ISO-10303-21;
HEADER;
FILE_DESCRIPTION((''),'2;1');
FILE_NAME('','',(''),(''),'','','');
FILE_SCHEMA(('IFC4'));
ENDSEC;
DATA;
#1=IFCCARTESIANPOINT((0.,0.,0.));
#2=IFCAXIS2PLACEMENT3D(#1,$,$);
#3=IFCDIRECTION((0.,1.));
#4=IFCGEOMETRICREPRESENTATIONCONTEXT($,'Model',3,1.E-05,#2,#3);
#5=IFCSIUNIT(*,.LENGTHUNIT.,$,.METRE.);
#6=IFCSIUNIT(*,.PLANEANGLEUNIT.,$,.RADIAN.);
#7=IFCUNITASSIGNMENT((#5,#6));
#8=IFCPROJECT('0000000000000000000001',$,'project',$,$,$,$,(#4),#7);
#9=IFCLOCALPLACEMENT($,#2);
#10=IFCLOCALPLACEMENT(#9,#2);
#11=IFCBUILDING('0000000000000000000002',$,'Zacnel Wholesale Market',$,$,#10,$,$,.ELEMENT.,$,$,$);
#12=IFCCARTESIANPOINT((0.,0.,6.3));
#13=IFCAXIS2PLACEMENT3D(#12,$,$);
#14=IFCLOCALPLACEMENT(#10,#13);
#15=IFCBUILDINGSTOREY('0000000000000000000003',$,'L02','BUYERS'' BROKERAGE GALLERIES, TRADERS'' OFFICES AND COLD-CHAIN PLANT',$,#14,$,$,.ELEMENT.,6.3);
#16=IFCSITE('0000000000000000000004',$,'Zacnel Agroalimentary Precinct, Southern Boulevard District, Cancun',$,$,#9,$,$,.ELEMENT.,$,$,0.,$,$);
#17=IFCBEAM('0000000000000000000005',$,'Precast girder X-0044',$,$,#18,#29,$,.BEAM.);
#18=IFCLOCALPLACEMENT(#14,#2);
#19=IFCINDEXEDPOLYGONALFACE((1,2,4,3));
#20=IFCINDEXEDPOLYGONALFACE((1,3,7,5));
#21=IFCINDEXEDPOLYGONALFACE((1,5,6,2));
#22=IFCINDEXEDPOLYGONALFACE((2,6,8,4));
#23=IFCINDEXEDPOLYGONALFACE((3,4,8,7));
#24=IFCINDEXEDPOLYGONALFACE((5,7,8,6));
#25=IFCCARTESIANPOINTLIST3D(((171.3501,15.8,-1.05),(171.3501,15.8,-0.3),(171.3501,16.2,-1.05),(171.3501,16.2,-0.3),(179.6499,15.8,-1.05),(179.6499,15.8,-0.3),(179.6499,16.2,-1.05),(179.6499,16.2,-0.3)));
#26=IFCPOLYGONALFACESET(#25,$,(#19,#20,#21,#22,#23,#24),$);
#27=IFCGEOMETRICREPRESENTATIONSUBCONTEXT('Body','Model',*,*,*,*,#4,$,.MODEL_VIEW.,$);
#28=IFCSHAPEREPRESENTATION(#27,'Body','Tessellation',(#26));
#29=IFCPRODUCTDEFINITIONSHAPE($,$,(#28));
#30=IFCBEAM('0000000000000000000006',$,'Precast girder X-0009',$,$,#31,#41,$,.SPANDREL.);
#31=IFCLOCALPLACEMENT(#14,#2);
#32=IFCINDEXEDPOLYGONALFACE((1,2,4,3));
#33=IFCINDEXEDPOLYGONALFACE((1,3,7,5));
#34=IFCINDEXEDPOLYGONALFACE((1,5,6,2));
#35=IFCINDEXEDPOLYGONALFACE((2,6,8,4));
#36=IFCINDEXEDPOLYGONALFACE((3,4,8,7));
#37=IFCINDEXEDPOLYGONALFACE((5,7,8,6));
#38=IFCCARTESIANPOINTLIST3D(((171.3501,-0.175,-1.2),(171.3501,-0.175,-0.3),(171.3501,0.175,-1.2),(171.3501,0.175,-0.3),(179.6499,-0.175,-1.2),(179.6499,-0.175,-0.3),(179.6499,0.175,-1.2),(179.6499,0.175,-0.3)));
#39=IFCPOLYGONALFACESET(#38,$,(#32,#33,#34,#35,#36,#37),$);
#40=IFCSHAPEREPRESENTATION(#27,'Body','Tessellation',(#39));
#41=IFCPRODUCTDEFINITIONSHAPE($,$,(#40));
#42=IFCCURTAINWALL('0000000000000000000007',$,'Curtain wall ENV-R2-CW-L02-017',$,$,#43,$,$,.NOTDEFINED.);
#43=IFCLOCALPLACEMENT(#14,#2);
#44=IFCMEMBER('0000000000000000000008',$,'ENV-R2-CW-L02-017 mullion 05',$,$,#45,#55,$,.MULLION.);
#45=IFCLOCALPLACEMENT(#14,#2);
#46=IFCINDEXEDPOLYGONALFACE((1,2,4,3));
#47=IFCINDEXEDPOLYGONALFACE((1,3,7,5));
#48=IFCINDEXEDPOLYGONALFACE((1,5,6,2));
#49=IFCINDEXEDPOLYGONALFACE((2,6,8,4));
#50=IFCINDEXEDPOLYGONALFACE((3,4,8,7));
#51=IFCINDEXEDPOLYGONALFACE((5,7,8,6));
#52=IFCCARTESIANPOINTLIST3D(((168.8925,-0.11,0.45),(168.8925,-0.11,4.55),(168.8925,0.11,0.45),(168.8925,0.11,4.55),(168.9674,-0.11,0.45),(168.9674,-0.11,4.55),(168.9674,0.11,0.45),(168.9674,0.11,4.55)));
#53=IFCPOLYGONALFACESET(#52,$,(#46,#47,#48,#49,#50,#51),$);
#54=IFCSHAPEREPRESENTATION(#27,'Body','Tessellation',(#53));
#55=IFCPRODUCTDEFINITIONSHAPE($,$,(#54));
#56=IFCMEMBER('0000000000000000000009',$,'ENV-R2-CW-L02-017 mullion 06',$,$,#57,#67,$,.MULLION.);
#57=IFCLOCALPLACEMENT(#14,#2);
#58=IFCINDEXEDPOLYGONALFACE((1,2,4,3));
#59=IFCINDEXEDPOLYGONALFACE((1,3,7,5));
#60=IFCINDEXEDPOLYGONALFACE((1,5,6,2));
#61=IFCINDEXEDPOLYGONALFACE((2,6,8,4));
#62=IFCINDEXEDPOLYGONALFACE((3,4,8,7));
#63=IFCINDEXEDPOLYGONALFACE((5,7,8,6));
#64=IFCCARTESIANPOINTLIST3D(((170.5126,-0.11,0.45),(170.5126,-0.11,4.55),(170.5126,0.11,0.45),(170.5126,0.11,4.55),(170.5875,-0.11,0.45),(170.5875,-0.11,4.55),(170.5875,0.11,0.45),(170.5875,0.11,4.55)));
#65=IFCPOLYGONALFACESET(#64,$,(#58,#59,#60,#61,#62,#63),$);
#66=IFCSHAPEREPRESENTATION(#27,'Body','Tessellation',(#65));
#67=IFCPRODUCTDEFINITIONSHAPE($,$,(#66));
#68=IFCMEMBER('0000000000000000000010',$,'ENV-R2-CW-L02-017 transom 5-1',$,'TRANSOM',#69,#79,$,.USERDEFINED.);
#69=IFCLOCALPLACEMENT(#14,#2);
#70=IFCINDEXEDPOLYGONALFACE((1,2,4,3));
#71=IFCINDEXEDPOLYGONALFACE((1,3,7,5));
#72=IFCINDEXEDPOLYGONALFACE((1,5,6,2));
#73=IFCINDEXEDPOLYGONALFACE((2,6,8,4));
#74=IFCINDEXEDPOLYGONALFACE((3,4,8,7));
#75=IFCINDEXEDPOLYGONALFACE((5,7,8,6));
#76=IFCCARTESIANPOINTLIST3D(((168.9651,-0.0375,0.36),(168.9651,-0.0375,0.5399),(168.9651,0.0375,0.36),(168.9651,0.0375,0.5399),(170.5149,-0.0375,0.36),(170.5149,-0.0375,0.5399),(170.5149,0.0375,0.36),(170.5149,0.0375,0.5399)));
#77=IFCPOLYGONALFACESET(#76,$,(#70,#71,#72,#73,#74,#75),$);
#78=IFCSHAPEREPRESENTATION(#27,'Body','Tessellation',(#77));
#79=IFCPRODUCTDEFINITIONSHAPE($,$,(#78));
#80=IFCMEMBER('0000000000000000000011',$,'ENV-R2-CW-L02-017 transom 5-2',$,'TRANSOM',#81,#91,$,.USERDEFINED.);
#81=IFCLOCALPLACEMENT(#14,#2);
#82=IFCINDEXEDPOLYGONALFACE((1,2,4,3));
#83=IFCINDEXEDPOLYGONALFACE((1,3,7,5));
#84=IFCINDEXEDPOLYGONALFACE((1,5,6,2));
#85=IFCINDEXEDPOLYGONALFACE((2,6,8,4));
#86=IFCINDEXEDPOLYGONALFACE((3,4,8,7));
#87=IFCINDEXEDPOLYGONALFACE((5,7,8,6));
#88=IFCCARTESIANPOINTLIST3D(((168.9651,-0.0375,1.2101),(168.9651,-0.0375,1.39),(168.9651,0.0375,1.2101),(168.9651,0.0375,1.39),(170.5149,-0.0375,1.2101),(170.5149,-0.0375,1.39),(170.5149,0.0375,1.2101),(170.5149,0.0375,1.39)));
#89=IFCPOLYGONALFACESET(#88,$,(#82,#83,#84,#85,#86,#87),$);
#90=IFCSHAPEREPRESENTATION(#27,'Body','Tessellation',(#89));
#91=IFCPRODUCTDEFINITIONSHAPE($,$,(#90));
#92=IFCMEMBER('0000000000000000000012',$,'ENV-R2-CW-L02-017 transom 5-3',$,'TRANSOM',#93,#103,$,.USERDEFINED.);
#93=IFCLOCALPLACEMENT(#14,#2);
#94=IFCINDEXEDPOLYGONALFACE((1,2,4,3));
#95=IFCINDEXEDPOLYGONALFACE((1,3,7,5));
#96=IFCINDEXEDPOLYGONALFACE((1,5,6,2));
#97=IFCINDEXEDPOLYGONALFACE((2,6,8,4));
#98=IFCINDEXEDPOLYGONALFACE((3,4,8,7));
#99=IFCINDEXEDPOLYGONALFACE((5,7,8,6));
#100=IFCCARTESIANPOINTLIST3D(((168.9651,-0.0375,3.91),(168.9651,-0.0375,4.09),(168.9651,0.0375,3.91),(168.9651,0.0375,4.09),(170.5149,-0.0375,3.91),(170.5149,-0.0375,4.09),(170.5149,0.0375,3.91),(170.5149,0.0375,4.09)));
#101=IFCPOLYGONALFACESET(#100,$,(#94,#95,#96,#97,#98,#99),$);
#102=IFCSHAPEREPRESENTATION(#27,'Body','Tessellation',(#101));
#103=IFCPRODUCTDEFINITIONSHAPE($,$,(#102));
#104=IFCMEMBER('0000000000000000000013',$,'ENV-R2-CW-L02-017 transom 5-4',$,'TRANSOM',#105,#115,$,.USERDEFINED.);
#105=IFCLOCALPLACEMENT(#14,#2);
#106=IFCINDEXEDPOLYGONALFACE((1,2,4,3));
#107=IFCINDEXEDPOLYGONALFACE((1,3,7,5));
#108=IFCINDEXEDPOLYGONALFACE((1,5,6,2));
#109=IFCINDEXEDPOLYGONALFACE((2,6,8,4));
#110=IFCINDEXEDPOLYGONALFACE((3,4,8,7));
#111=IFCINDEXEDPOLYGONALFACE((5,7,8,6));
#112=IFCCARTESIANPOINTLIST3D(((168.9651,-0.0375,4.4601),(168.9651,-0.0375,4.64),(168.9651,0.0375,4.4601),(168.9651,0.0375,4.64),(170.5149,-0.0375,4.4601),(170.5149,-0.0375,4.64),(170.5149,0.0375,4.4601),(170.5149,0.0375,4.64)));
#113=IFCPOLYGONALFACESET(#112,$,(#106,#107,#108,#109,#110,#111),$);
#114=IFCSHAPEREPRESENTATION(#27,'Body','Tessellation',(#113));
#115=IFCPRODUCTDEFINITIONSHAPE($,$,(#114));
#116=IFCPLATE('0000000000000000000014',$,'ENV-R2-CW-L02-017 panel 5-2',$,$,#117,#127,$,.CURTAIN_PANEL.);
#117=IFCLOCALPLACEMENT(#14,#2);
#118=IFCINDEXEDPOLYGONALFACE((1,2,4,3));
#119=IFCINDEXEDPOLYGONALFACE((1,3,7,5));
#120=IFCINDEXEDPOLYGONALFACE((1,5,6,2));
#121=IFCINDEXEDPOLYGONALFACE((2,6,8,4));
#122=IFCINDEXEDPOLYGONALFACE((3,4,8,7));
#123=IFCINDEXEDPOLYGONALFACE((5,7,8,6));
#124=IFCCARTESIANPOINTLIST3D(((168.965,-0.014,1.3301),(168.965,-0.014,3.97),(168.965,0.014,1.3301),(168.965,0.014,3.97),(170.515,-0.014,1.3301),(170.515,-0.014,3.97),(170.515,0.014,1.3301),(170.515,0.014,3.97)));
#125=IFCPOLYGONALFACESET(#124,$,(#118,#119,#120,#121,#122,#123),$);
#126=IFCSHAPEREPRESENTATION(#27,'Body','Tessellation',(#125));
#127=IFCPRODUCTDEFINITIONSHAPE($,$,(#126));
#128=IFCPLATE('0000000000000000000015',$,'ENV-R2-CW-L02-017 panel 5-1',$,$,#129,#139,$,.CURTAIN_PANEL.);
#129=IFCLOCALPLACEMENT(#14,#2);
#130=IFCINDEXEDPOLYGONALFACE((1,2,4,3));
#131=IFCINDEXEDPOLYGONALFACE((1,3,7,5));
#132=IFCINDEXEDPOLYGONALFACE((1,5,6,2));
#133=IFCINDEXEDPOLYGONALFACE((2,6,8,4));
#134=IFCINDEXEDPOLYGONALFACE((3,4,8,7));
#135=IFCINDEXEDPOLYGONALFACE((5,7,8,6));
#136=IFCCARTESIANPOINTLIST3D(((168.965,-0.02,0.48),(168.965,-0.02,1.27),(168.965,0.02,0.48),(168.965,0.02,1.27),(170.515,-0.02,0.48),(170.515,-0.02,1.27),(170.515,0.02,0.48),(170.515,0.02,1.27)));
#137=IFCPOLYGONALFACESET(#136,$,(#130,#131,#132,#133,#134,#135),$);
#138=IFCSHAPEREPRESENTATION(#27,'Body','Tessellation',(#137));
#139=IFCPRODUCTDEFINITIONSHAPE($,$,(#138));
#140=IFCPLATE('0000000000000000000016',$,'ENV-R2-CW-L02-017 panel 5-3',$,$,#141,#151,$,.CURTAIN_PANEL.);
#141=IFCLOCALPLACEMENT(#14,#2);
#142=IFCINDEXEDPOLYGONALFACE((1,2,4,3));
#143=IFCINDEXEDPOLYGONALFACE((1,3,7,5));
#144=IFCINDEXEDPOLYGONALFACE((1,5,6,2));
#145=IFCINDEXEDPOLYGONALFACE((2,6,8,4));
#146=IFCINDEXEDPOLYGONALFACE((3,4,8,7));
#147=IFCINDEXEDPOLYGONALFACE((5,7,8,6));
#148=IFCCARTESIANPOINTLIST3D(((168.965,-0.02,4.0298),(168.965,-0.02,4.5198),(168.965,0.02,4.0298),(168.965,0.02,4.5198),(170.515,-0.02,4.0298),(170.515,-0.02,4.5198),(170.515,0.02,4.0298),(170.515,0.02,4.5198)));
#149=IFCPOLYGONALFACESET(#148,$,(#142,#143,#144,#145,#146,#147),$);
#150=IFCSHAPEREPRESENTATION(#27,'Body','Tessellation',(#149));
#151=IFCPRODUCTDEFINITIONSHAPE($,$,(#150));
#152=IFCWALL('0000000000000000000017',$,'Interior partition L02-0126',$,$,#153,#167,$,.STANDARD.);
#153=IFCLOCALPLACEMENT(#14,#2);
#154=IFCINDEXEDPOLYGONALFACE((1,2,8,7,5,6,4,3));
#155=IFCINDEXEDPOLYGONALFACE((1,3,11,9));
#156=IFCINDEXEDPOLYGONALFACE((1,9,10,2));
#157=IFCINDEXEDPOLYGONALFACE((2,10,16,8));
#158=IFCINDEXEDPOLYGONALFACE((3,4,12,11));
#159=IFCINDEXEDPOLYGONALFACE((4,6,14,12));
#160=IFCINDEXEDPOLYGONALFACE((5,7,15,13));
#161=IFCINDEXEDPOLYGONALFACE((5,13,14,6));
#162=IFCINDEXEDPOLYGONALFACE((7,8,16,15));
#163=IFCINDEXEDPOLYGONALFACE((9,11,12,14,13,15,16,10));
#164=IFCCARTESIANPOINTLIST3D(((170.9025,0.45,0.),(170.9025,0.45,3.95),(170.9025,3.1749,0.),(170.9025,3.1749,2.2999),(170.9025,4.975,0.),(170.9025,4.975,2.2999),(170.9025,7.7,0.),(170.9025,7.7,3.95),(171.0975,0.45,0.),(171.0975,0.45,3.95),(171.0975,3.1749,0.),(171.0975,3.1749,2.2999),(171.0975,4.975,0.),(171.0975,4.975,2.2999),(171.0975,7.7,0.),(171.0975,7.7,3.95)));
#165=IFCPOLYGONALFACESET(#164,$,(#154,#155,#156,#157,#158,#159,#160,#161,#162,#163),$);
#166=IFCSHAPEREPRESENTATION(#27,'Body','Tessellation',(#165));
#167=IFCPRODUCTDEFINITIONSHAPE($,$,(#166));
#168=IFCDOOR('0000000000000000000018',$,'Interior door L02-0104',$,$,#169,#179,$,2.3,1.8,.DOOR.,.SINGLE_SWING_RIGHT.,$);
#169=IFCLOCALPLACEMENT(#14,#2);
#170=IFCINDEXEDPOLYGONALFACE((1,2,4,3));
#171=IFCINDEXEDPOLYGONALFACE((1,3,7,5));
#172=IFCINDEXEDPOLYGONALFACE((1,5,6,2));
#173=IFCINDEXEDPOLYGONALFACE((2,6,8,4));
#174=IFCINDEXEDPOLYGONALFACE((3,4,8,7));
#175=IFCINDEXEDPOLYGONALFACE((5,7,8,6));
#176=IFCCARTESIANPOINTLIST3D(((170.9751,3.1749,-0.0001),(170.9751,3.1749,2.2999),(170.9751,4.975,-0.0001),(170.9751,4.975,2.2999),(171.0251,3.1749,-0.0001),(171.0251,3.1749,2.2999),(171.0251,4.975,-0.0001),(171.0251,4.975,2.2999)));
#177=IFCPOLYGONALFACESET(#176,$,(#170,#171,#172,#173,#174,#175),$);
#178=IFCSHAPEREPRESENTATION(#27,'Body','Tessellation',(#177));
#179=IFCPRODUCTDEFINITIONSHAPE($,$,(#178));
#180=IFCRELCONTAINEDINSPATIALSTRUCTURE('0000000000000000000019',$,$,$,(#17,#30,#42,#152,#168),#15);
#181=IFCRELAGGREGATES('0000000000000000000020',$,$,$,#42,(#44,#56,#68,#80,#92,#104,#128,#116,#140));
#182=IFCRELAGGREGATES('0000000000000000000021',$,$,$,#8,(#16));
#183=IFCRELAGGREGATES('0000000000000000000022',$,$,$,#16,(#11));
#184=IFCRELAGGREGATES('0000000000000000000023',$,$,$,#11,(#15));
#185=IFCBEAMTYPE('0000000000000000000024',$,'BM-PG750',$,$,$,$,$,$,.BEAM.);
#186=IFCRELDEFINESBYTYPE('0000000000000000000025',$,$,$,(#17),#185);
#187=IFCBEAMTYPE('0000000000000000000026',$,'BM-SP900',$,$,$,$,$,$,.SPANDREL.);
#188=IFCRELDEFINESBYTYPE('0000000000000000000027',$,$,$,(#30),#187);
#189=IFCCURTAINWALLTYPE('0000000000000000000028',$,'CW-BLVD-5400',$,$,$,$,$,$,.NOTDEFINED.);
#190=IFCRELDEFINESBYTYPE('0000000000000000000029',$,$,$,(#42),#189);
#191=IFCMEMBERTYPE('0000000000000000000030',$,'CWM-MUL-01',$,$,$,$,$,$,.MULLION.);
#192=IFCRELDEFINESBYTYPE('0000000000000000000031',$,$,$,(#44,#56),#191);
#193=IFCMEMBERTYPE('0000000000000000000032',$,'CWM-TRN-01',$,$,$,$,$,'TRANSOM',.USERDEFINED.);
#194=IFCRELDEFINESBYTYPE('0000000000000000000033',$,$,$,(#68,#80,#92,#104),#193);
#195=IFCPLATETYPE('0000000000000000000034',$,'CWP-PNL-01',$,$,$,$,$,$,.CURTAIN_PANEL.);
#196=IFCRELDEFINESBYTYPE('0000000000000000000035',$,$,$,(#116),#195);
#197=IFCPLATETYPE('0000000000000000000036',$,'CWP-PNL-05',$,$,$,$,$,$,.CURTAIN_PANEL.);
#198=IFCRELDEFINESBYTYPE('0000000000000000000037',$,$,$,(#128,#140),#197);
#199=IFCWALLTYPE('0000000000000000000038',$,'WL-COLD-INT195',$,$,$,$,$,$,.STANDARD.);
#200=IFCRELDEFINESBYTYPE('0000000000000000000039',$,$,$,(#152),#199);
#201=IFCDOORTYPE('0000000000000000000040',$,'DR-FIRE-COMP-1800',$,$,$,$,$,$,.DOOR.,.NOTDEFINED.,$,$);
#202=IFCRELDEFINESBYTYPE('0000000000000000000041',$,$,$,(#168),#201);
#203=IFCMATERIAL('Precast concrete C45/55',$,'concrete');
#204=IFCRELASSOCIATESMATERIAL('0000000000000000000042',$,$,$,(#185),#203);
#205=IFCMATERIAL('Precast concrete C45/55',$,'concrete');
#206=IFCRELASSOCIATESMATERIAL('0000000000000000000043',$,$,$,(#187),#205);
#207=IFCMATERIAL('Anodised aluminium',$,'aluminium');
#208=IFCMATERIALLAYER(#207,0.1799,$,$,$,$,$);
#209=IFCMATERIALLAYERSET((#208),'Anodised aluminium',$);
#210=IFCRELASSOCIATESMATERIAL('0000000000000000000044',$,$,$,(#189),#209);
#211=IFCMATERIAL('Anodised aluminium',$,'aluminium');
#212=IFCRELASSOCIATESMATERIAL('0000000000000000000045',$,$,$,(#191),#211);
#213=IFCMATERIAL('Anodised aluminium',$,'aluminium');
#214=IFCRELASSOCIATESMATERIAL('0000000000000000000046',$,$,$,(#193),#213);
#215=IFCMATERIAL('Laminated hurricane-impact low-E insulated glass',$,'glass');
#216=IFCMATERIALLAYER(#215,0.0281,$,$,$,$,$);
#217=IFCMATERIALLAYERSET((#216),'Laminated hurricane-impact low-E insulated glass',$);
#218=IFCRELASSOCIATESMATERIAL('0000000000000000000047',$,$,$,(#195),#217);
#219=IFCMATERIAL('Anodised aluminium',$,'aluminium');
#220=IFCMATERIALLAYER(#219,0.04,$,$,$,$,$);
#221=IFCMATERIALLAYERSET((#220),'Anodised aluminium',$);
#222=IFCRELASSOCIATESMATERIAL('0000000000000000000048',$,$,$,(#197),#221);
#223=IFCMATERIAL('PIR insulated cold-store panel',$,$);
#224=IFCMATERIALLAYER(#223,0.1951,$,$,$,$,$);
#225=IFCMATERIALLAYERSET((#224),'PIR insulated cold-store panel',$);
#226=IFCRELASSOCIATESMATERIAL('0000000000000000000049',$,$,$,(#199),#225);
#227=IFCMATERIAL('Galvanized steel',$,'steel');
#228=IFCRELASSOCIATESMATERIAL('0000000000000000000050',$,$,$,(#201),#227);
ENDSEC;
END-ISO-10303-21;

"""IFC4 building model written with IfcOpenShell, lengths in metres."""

from ifc_helpers import new_model, si_unit, direction, frame, frame_2d, origin, origin_2d, place, context, subcontext, project, spatial, rectangle, extrude, material, layer, layer_set, material_profile, profile_set, type_object, element, fill, aggregate, save


model = new_model("IFC4")

# Units and contexts
model_context = context("Model", 3, precision=1e-05, world=origin(), true_north=direction((0.0, 1.0)))
body_context = subcontext(model_context, "Body", "Model", "MODEL_VIEW")
ifc_project = project(units=[si_unit("LENGTHUNIT", "METRE"), si_unit("PLANEANGLEUNIT", "RADIAN")], contexts=[model_context])

# Site, building, storey
site_placement = place(None, origin())
site = spatial("IfcSite", under=ifc_project, at=site_placement, Name="Zacnel Agroalimentary Precinct, Southern Boulevard District, Cancun", CompositionType="ELEMENT", RefElevation=0.0)
building_placement = place(site_placement, origin())
building = spatial("IfcBuilding", under=site, at=building_placement, Name="Zacnel Wholesale Market", CompositionType="ELEMENT")
storey_placement = place(building_placement, frame((0.0, 0.0, 6.3)))
storey = spatial("IfcBuildingStorey", under=building, at=storey_placement, Name="L02", Description="BUYERS' BROKERAGE GALLERIES, TRADERS' OFFICES AND COLD-CHAIN PLANT", CompositionType="ELEMENT", Elevation=6.3)

# Beams
ifc_material_1 = material(Name="Precast concrete C45/55", Category="concrete")
ifc_material_profile_1 = material_profile(ifc_material_1, rectangle(XDim=0.3999, YDim=0.75, at=origin_2d()), Name="PG 400x750")
ifc_profile_set_1 = profile_set([ifc_material_profile_1], Name="Precast concrete C45/55")
beam_type_1 = type_object("IfcBeamType", Name="BM-PG750", PredefinedType="BEAM", material=ifc_profile_set_1)
beam_1_placement = place(storey_placement, frame((171.3501, 16.0, -0.675), z_axis=(1.0, 0.0, 0.0), x_axis=(0.0, 1.0, 0.0)))
element("IfcBeam", 1, at=beam_1_placement, inside=storey, type_object=beam_type_1, Name="Precast girder X-0044", PredefinedType="BEAM", context=body_context, shape_type="SweptSolid", body=[
    extrude(rectangle(XDim=0.3999, YDim=0.75, at=origin_2d()), origin(), (0.0, 0.0, 1.0), 8.2998),
])
ifc_material_2 = material(Name="Precast concrete C45/55", Category="concrete")
ifc_material_profile_2 = material_profile(ifc_material_2, rectangle(XDim=0.3501, YDim=0.8999, at=origin_2d()), Name="SP 350x900")
ifc_profile_set_2 = profile_set([ifc_material_profile_2], Name="Precast concrete C45/55")
beam_type_2 = type_object("IfcBeamType", Name="BM-SP900", PredefinedType="SPANDREL", material=ifc_profile_set_2)
beam_2_placement = place(storey_placement, frame((171.3501, 0.0, -0.75), z_axis=(1.0, 0.0, 0.0), x_axis=(0.0, 1.0, 0.0)))
element("IfcBeam", 2, at=beam_2_placement, inside=storey, type_object=beam_type_2, Name="Precast girder X-0009", PredefinedType="SPANDREL", context=body_context, shape_type="SweptSolid", body=[
    extrude(rectangle(XDim=0.3501, YDim=0.8999, at=origin_2d()), origin(), (0.0, 0.0, 1.0), 8.2998),
])

# Curtain wall, members, plates
ifc_material_3 = material(Name="Anodised aluminium", Category="aluminium")
ifc_layer_1 = layer(ifc_material_3, 0.1799)
ifc_layer_set_1 = layer_set([ifc_layer_1], Name="Anodised aluminium")
curtain_wall_type = type_object("IfcCurtainWallType", Name="CW-BLVD-5400", PredefinedType="NOTDEFINED", material=ifc_layer_set_1)
curtain_wall_placement = place(storey_placement, origin())
curtain_wall = element("IfcCurtainWall", 3, at=curtain_wall_placement, inside=storey, type_object=curtain_wall_type, Name="Curtain wall ENV-R2-CW-L02-017", PredefinedType="NOTDEFINED")
ifc_material_4 = material(Name="Anodised aluminium", Category="aluminium")
ifc_material_profile_3 = material_profile(ifc_material_4, rectangle(XDim=0.075, YDim=0.22, at=origin_2d()), Name="AW-MULLION 75x220")
ifc_profile_set_3 = profile_set([ifc_material_profile_3], Name="Anodised aluminium")
member_type_1 = type_object("IfcMemberType", Name="CWM-MUL-01", PredefinedType="MULLION", material=ifc_profile_set_3)
member_1_placement = place(storey_placement, frame((168.9299, 0.0, 0.45), z_axis=(0.0, 0.0, 1.0), x_axis=(1.0, 0.0, 0.0)))
member_1 = element("IfcMember", 4, at=member_1_placement, type_object=member_type_1, Name="ENV-R2-CW-L02-017 mullion 05", PredefinedType="MULLION", context=body_context, shape_type="SweptSolid", body=[
    extrude(rectangle(XDim=0.075, YDim=0.22, at=origin_2d()), origin(), (0.0, 0.0, 1.0), 4.1001),
])
member_2_placement = place(storey_placement, frame((170.55, 0.0, 0.45), z_axis=(0.0, 0.0, 1.0), x_axis=(1.0, 0.0, 0.0)))
member_2 = element("IfcMember", 5, at=member_2_placement, type_object=member_type_1, Name="ENV-R2-CW-L02-017 mullion 06", PredefinedType="MULLION", context=body_context, shape_type="SweptSolid", body=[
    extrude(rectangle(XDim=0.075, YDim=0.22, at=origin_2d()), origin(), (0.0, 0.0, 1.0), 4.1001),
])
ifc_material_5 = material(Name="Anodised aluminium", Category="aluminium")
ifc_material_profile_4 = material_profile(ifc_material_5, rectangle(XDim=0.075, YDim=0.1799, at=origin_2d()), Name="AW-TRANSOM 75x180")
ifc_profile_set_4 = profile_set([ifc_material_profile_4], Name="Anodised aluminium")
member_type_2 = type_object("IfcMemberType", Name="CWM-TRN-01", ElementType="TRANSOM", PredefinedType="USERDEFINED", material=ifc_profile_set_4)
member_3_placement = place(storey_placement, frame((168.9651, 0.0, 0.45), z_axis=(1.0, 0.0, 0.0), x_axis=(0.0, 1.0, 0.0)))
member_3 = element("IfcMember", 6, at=member_3_placement, type_object=member_type_2, Name="ENV-R2-CW-L02-017 transom 5-1", ObjectType="TRANSOM", PredefinedType="USERDEFINED", context=body_context, shape_type="SweptSolid", body=[
    extrude(rectangle(XDim=0.075, YDim=0.1799, at=origin_2d()), origin(), (0.0, 0.0, 1.0), 1.5498),
])
member_4_placement = place(storey_placement, frame((168.9651, 0.0, 1.3), z_axis=(1.0, 0.0, 0.0), x_axis=(0.0, 1.0, 0.0)))
member_4 = element("IfcMember", 7, at=member_4_placement, type_object=member_type_2, Name="ENV-R2-CW-L02-017 transom 5-2", ObjectType="TRANSOM", PredefinedType="USERDEFINED", context=body_context, shape_type="SweptSolid", body=[
    extrude(rectangle(XDim=0.075, YDim=0.1799, at=origin_2d()), origin(), (0.0, 0.0, 1.0), 1.5498),
])
member_5_placement = place(storey_placement, frame((168.9651, 0.0, 4.0), z_axis=(1.0, 0.0, 0.0), x_axis=(0.0, 1.0, 0.0)))
member_5 = element("IfcMember", 8, at=member_5_placement, type_object=member_type_2, Name="ENV-R2-CW-L02-017 transom 5-3", ObjectType="TRANSOM", PredefinedType="USERDEFINED", context=body_context, shape_type="SweptSolid", body=[
    extrude(rectangle(XDim=0.075, YDim=0.1799, at=origin_2d()), origin(), (0.0, 0.0, 1.0), 1.5498),
])
member_6_placement = place(storey_placement, frame((168.9651, 0.0, 4.55), z_axis=(1.0, 0.0, 0.0), x_axis=(0.0, 1.0, 0.0)))
member_6 = element("IfcMember", 9, at=member_6_placement, type_object=member_type_2, Name="ENV-R2-CW-L02-017 transom 5-4", ObjectType="TRANSOM", PredefinedType="USERDEFINED", context=body_context, shape_type="SweptSolid", body=[
    extrude(rectangle(XDim=0.075, YDim=0.1799, at=origin_2d()), origin(), (0.0, 0.0, 1.0), 1.5498),
])
ifc_material_6 = material(Name="Laminated hurricane-impact low-E insulated glass", Category="glass")
ifc_layer_2 = layer(ifc_material_6, 0.0281)
ifc_layer_set_2 = layer_set([ifc_layer_2], Name="Laminated hurricane-impact low-E insulated glass")
plate_type_1 = type_object("IfcPlateType", Name="CWP-PNL-01", PredefinedType="CURTAIN_PANEL", material=ifc_layer_set_2)
plate_1_placement = place(storey_placement, frame((169.74, 0.0, 1.3301), z_axis=(0.0, 0.0, 1.0), x_axis=(1.0, 0.0, 0.0)))
plate_1 = element("IfcPlate", 10, at=plate_1_placement, type_object=plate_type_1, Name="ENV-R2-CW-L02-017 panel 5-2", PredefinedType="CURTAIN_PANEL", context=body_context, shape_type="SweptSolid", body=[
    extrude(rectangle(XDim=1.55, YDim=0.0281, at=origin_2d()), origin(), (0.0, 0.0, 1.0), 2.6399),
])
ifc_material_7 = material(Name="Anodised aluminium", Category="aluminium")
ifc_layer_3 = layer(ifc_material_7, 0.04)
ifc_layer_set_3 = layer_set([ifc_layer_3], Name="Anodised aluminium")
plate_type_2 = type_object("IfcPlateType", Name="CWP-PNL-05", PredefinedType="CURTAIN_PANEL", material=ifc_layer_set_3)
plate_2_placement = place(storey_placement, frame((169.74, 0.0, 0.48), z_axis=(0.0, 0.0, 1.0), x_axis=(1.0, 0.0, 0.0)))
plate_2 = element("IfcPlate", 11, at=plate_2_placement, type_object=plate_type_2, Name="ENV-R2-CW-L02-017 panel 5-1", PredefinedType="CURTAIN_PANEL", context=body_context, shape_type="SweptSolid", body=[
    extrude(rectangle(XDim=1.55, YDim=0.04, at=origin_2d()), origin(), (0.0, 0.0, 1.0), 0.79),
])
plate_3_placement = place(storey_placement, frame((169.74, 0.0, 4.0298), z_axis=(0.0, 0.0, 1.0), x_axis=(1.0, 0.0, 0.0)))
plate_3 = element("IfcPlate", 12, at=plate_3_placement, type_object=plate_type_2, Name="ENV-R2-CW-L02-017 panel 5-3", PredefinedType="CURTAIN_PANEL", context=body_context, shape_type="SweptSolid", body=[
    extrude(rectangle(XDim=1.55, YDim=0.04, at=origin_2d()), origin(), (0.0, 0.0, 1.0), 0.49),
])
aggregate(curtain_wall, [member_1, member_2, member_3, member_4, member_5, member_6, plate_2, plate_1, plate_3])

# Wall, opening, door
ifc_material_8 = material(Name="PIR insulated cold-store panel")
ifc_layer_4 = layer(ifc_material_8, 0.1951)
ifc_layer_set_4 = layer_set([ifc_layer_4], Name="PIR insulated cold-store panel")
wall_type_1 = type_object("IfcWallType", Name="WL-COLD-INT195", PredefinedType="STANDARD", material=ifc_layer_set_4)
wall_1_placement = place(storey_placement, frame((171.0, 0.45, 0.0), z_axis=(0.0, 0.0, 1.0), x_axis=(0.0, 1.0, 0.0)))
wall_1 = element("IfcWall", 13, at=wall_1_placement, inside=storey, type_object=wall_type_1, Name="Interior partition L02-0126", PredefinedType="STANDARD", context=body_context, shape_type="SweptSolid", body=[
    extrude(rectangle(XDim=7.25, YDim=0.1951, at=frame_2d((3.625, 0.0))), origin(), (0.0, 0.0, 1.0), 3.95),
])
opening_1_placement = place(wall_1_placement, frame((2.7251, 0.0, 0.0)))
opening_1 = element("IfcOpeningElement", 14, at=opening_1_placement, cuts=wall_1, PredefinedType="OPENING", context=body_context, shape_type="SweptSolid", body=[
    extrude(rectangle(XDim=1.8, YDim=2.3, at=frame_2d((0.8999, 1.1499))), frame((0.0, 0.1074, 0.0), z_axis=(0.0, -1.0, 0.0), x_axis=(1.0, 0.0, 0.0)), (0.0, 0.0, 1.0), 0.2151),
])
ifc_material_9 = material(Name="Galvanized steel", Category="steel")
door_type = type_object("IfcDoorType", Name="DR-FIRE-COMP-1800", OperationType="NOTDEFINED", PredefinedType="DOOR", material=ifc_material_9)
door_placement = place(opening_1_placement, origin())
door = element("IfcDoor", 15, at=door_placement, inside=storey, type_object=door_type, Name="Interior door L02-0104", OperationType="SINGLE_SWING_RIGHT", OverallHeight=2.3, OverallWidth=1.8, PredefinedType="DOOR", context=body_context, shape_type="SweptSolid", body=[
    extrude(rectangle(XDim=1.8, YDim=2.3, at=frame_2d((0.8999, 1.1499))), frame((0.0, 0.0249, 0.0), z_axis=(0.0, -1.0, 0.0), x_axis=(1.0, 0.0, 0.0)), (0.0, 0.0, 1.0), 0.05),
])
fill(opening_1, door)

save(model, "model.ifc")
